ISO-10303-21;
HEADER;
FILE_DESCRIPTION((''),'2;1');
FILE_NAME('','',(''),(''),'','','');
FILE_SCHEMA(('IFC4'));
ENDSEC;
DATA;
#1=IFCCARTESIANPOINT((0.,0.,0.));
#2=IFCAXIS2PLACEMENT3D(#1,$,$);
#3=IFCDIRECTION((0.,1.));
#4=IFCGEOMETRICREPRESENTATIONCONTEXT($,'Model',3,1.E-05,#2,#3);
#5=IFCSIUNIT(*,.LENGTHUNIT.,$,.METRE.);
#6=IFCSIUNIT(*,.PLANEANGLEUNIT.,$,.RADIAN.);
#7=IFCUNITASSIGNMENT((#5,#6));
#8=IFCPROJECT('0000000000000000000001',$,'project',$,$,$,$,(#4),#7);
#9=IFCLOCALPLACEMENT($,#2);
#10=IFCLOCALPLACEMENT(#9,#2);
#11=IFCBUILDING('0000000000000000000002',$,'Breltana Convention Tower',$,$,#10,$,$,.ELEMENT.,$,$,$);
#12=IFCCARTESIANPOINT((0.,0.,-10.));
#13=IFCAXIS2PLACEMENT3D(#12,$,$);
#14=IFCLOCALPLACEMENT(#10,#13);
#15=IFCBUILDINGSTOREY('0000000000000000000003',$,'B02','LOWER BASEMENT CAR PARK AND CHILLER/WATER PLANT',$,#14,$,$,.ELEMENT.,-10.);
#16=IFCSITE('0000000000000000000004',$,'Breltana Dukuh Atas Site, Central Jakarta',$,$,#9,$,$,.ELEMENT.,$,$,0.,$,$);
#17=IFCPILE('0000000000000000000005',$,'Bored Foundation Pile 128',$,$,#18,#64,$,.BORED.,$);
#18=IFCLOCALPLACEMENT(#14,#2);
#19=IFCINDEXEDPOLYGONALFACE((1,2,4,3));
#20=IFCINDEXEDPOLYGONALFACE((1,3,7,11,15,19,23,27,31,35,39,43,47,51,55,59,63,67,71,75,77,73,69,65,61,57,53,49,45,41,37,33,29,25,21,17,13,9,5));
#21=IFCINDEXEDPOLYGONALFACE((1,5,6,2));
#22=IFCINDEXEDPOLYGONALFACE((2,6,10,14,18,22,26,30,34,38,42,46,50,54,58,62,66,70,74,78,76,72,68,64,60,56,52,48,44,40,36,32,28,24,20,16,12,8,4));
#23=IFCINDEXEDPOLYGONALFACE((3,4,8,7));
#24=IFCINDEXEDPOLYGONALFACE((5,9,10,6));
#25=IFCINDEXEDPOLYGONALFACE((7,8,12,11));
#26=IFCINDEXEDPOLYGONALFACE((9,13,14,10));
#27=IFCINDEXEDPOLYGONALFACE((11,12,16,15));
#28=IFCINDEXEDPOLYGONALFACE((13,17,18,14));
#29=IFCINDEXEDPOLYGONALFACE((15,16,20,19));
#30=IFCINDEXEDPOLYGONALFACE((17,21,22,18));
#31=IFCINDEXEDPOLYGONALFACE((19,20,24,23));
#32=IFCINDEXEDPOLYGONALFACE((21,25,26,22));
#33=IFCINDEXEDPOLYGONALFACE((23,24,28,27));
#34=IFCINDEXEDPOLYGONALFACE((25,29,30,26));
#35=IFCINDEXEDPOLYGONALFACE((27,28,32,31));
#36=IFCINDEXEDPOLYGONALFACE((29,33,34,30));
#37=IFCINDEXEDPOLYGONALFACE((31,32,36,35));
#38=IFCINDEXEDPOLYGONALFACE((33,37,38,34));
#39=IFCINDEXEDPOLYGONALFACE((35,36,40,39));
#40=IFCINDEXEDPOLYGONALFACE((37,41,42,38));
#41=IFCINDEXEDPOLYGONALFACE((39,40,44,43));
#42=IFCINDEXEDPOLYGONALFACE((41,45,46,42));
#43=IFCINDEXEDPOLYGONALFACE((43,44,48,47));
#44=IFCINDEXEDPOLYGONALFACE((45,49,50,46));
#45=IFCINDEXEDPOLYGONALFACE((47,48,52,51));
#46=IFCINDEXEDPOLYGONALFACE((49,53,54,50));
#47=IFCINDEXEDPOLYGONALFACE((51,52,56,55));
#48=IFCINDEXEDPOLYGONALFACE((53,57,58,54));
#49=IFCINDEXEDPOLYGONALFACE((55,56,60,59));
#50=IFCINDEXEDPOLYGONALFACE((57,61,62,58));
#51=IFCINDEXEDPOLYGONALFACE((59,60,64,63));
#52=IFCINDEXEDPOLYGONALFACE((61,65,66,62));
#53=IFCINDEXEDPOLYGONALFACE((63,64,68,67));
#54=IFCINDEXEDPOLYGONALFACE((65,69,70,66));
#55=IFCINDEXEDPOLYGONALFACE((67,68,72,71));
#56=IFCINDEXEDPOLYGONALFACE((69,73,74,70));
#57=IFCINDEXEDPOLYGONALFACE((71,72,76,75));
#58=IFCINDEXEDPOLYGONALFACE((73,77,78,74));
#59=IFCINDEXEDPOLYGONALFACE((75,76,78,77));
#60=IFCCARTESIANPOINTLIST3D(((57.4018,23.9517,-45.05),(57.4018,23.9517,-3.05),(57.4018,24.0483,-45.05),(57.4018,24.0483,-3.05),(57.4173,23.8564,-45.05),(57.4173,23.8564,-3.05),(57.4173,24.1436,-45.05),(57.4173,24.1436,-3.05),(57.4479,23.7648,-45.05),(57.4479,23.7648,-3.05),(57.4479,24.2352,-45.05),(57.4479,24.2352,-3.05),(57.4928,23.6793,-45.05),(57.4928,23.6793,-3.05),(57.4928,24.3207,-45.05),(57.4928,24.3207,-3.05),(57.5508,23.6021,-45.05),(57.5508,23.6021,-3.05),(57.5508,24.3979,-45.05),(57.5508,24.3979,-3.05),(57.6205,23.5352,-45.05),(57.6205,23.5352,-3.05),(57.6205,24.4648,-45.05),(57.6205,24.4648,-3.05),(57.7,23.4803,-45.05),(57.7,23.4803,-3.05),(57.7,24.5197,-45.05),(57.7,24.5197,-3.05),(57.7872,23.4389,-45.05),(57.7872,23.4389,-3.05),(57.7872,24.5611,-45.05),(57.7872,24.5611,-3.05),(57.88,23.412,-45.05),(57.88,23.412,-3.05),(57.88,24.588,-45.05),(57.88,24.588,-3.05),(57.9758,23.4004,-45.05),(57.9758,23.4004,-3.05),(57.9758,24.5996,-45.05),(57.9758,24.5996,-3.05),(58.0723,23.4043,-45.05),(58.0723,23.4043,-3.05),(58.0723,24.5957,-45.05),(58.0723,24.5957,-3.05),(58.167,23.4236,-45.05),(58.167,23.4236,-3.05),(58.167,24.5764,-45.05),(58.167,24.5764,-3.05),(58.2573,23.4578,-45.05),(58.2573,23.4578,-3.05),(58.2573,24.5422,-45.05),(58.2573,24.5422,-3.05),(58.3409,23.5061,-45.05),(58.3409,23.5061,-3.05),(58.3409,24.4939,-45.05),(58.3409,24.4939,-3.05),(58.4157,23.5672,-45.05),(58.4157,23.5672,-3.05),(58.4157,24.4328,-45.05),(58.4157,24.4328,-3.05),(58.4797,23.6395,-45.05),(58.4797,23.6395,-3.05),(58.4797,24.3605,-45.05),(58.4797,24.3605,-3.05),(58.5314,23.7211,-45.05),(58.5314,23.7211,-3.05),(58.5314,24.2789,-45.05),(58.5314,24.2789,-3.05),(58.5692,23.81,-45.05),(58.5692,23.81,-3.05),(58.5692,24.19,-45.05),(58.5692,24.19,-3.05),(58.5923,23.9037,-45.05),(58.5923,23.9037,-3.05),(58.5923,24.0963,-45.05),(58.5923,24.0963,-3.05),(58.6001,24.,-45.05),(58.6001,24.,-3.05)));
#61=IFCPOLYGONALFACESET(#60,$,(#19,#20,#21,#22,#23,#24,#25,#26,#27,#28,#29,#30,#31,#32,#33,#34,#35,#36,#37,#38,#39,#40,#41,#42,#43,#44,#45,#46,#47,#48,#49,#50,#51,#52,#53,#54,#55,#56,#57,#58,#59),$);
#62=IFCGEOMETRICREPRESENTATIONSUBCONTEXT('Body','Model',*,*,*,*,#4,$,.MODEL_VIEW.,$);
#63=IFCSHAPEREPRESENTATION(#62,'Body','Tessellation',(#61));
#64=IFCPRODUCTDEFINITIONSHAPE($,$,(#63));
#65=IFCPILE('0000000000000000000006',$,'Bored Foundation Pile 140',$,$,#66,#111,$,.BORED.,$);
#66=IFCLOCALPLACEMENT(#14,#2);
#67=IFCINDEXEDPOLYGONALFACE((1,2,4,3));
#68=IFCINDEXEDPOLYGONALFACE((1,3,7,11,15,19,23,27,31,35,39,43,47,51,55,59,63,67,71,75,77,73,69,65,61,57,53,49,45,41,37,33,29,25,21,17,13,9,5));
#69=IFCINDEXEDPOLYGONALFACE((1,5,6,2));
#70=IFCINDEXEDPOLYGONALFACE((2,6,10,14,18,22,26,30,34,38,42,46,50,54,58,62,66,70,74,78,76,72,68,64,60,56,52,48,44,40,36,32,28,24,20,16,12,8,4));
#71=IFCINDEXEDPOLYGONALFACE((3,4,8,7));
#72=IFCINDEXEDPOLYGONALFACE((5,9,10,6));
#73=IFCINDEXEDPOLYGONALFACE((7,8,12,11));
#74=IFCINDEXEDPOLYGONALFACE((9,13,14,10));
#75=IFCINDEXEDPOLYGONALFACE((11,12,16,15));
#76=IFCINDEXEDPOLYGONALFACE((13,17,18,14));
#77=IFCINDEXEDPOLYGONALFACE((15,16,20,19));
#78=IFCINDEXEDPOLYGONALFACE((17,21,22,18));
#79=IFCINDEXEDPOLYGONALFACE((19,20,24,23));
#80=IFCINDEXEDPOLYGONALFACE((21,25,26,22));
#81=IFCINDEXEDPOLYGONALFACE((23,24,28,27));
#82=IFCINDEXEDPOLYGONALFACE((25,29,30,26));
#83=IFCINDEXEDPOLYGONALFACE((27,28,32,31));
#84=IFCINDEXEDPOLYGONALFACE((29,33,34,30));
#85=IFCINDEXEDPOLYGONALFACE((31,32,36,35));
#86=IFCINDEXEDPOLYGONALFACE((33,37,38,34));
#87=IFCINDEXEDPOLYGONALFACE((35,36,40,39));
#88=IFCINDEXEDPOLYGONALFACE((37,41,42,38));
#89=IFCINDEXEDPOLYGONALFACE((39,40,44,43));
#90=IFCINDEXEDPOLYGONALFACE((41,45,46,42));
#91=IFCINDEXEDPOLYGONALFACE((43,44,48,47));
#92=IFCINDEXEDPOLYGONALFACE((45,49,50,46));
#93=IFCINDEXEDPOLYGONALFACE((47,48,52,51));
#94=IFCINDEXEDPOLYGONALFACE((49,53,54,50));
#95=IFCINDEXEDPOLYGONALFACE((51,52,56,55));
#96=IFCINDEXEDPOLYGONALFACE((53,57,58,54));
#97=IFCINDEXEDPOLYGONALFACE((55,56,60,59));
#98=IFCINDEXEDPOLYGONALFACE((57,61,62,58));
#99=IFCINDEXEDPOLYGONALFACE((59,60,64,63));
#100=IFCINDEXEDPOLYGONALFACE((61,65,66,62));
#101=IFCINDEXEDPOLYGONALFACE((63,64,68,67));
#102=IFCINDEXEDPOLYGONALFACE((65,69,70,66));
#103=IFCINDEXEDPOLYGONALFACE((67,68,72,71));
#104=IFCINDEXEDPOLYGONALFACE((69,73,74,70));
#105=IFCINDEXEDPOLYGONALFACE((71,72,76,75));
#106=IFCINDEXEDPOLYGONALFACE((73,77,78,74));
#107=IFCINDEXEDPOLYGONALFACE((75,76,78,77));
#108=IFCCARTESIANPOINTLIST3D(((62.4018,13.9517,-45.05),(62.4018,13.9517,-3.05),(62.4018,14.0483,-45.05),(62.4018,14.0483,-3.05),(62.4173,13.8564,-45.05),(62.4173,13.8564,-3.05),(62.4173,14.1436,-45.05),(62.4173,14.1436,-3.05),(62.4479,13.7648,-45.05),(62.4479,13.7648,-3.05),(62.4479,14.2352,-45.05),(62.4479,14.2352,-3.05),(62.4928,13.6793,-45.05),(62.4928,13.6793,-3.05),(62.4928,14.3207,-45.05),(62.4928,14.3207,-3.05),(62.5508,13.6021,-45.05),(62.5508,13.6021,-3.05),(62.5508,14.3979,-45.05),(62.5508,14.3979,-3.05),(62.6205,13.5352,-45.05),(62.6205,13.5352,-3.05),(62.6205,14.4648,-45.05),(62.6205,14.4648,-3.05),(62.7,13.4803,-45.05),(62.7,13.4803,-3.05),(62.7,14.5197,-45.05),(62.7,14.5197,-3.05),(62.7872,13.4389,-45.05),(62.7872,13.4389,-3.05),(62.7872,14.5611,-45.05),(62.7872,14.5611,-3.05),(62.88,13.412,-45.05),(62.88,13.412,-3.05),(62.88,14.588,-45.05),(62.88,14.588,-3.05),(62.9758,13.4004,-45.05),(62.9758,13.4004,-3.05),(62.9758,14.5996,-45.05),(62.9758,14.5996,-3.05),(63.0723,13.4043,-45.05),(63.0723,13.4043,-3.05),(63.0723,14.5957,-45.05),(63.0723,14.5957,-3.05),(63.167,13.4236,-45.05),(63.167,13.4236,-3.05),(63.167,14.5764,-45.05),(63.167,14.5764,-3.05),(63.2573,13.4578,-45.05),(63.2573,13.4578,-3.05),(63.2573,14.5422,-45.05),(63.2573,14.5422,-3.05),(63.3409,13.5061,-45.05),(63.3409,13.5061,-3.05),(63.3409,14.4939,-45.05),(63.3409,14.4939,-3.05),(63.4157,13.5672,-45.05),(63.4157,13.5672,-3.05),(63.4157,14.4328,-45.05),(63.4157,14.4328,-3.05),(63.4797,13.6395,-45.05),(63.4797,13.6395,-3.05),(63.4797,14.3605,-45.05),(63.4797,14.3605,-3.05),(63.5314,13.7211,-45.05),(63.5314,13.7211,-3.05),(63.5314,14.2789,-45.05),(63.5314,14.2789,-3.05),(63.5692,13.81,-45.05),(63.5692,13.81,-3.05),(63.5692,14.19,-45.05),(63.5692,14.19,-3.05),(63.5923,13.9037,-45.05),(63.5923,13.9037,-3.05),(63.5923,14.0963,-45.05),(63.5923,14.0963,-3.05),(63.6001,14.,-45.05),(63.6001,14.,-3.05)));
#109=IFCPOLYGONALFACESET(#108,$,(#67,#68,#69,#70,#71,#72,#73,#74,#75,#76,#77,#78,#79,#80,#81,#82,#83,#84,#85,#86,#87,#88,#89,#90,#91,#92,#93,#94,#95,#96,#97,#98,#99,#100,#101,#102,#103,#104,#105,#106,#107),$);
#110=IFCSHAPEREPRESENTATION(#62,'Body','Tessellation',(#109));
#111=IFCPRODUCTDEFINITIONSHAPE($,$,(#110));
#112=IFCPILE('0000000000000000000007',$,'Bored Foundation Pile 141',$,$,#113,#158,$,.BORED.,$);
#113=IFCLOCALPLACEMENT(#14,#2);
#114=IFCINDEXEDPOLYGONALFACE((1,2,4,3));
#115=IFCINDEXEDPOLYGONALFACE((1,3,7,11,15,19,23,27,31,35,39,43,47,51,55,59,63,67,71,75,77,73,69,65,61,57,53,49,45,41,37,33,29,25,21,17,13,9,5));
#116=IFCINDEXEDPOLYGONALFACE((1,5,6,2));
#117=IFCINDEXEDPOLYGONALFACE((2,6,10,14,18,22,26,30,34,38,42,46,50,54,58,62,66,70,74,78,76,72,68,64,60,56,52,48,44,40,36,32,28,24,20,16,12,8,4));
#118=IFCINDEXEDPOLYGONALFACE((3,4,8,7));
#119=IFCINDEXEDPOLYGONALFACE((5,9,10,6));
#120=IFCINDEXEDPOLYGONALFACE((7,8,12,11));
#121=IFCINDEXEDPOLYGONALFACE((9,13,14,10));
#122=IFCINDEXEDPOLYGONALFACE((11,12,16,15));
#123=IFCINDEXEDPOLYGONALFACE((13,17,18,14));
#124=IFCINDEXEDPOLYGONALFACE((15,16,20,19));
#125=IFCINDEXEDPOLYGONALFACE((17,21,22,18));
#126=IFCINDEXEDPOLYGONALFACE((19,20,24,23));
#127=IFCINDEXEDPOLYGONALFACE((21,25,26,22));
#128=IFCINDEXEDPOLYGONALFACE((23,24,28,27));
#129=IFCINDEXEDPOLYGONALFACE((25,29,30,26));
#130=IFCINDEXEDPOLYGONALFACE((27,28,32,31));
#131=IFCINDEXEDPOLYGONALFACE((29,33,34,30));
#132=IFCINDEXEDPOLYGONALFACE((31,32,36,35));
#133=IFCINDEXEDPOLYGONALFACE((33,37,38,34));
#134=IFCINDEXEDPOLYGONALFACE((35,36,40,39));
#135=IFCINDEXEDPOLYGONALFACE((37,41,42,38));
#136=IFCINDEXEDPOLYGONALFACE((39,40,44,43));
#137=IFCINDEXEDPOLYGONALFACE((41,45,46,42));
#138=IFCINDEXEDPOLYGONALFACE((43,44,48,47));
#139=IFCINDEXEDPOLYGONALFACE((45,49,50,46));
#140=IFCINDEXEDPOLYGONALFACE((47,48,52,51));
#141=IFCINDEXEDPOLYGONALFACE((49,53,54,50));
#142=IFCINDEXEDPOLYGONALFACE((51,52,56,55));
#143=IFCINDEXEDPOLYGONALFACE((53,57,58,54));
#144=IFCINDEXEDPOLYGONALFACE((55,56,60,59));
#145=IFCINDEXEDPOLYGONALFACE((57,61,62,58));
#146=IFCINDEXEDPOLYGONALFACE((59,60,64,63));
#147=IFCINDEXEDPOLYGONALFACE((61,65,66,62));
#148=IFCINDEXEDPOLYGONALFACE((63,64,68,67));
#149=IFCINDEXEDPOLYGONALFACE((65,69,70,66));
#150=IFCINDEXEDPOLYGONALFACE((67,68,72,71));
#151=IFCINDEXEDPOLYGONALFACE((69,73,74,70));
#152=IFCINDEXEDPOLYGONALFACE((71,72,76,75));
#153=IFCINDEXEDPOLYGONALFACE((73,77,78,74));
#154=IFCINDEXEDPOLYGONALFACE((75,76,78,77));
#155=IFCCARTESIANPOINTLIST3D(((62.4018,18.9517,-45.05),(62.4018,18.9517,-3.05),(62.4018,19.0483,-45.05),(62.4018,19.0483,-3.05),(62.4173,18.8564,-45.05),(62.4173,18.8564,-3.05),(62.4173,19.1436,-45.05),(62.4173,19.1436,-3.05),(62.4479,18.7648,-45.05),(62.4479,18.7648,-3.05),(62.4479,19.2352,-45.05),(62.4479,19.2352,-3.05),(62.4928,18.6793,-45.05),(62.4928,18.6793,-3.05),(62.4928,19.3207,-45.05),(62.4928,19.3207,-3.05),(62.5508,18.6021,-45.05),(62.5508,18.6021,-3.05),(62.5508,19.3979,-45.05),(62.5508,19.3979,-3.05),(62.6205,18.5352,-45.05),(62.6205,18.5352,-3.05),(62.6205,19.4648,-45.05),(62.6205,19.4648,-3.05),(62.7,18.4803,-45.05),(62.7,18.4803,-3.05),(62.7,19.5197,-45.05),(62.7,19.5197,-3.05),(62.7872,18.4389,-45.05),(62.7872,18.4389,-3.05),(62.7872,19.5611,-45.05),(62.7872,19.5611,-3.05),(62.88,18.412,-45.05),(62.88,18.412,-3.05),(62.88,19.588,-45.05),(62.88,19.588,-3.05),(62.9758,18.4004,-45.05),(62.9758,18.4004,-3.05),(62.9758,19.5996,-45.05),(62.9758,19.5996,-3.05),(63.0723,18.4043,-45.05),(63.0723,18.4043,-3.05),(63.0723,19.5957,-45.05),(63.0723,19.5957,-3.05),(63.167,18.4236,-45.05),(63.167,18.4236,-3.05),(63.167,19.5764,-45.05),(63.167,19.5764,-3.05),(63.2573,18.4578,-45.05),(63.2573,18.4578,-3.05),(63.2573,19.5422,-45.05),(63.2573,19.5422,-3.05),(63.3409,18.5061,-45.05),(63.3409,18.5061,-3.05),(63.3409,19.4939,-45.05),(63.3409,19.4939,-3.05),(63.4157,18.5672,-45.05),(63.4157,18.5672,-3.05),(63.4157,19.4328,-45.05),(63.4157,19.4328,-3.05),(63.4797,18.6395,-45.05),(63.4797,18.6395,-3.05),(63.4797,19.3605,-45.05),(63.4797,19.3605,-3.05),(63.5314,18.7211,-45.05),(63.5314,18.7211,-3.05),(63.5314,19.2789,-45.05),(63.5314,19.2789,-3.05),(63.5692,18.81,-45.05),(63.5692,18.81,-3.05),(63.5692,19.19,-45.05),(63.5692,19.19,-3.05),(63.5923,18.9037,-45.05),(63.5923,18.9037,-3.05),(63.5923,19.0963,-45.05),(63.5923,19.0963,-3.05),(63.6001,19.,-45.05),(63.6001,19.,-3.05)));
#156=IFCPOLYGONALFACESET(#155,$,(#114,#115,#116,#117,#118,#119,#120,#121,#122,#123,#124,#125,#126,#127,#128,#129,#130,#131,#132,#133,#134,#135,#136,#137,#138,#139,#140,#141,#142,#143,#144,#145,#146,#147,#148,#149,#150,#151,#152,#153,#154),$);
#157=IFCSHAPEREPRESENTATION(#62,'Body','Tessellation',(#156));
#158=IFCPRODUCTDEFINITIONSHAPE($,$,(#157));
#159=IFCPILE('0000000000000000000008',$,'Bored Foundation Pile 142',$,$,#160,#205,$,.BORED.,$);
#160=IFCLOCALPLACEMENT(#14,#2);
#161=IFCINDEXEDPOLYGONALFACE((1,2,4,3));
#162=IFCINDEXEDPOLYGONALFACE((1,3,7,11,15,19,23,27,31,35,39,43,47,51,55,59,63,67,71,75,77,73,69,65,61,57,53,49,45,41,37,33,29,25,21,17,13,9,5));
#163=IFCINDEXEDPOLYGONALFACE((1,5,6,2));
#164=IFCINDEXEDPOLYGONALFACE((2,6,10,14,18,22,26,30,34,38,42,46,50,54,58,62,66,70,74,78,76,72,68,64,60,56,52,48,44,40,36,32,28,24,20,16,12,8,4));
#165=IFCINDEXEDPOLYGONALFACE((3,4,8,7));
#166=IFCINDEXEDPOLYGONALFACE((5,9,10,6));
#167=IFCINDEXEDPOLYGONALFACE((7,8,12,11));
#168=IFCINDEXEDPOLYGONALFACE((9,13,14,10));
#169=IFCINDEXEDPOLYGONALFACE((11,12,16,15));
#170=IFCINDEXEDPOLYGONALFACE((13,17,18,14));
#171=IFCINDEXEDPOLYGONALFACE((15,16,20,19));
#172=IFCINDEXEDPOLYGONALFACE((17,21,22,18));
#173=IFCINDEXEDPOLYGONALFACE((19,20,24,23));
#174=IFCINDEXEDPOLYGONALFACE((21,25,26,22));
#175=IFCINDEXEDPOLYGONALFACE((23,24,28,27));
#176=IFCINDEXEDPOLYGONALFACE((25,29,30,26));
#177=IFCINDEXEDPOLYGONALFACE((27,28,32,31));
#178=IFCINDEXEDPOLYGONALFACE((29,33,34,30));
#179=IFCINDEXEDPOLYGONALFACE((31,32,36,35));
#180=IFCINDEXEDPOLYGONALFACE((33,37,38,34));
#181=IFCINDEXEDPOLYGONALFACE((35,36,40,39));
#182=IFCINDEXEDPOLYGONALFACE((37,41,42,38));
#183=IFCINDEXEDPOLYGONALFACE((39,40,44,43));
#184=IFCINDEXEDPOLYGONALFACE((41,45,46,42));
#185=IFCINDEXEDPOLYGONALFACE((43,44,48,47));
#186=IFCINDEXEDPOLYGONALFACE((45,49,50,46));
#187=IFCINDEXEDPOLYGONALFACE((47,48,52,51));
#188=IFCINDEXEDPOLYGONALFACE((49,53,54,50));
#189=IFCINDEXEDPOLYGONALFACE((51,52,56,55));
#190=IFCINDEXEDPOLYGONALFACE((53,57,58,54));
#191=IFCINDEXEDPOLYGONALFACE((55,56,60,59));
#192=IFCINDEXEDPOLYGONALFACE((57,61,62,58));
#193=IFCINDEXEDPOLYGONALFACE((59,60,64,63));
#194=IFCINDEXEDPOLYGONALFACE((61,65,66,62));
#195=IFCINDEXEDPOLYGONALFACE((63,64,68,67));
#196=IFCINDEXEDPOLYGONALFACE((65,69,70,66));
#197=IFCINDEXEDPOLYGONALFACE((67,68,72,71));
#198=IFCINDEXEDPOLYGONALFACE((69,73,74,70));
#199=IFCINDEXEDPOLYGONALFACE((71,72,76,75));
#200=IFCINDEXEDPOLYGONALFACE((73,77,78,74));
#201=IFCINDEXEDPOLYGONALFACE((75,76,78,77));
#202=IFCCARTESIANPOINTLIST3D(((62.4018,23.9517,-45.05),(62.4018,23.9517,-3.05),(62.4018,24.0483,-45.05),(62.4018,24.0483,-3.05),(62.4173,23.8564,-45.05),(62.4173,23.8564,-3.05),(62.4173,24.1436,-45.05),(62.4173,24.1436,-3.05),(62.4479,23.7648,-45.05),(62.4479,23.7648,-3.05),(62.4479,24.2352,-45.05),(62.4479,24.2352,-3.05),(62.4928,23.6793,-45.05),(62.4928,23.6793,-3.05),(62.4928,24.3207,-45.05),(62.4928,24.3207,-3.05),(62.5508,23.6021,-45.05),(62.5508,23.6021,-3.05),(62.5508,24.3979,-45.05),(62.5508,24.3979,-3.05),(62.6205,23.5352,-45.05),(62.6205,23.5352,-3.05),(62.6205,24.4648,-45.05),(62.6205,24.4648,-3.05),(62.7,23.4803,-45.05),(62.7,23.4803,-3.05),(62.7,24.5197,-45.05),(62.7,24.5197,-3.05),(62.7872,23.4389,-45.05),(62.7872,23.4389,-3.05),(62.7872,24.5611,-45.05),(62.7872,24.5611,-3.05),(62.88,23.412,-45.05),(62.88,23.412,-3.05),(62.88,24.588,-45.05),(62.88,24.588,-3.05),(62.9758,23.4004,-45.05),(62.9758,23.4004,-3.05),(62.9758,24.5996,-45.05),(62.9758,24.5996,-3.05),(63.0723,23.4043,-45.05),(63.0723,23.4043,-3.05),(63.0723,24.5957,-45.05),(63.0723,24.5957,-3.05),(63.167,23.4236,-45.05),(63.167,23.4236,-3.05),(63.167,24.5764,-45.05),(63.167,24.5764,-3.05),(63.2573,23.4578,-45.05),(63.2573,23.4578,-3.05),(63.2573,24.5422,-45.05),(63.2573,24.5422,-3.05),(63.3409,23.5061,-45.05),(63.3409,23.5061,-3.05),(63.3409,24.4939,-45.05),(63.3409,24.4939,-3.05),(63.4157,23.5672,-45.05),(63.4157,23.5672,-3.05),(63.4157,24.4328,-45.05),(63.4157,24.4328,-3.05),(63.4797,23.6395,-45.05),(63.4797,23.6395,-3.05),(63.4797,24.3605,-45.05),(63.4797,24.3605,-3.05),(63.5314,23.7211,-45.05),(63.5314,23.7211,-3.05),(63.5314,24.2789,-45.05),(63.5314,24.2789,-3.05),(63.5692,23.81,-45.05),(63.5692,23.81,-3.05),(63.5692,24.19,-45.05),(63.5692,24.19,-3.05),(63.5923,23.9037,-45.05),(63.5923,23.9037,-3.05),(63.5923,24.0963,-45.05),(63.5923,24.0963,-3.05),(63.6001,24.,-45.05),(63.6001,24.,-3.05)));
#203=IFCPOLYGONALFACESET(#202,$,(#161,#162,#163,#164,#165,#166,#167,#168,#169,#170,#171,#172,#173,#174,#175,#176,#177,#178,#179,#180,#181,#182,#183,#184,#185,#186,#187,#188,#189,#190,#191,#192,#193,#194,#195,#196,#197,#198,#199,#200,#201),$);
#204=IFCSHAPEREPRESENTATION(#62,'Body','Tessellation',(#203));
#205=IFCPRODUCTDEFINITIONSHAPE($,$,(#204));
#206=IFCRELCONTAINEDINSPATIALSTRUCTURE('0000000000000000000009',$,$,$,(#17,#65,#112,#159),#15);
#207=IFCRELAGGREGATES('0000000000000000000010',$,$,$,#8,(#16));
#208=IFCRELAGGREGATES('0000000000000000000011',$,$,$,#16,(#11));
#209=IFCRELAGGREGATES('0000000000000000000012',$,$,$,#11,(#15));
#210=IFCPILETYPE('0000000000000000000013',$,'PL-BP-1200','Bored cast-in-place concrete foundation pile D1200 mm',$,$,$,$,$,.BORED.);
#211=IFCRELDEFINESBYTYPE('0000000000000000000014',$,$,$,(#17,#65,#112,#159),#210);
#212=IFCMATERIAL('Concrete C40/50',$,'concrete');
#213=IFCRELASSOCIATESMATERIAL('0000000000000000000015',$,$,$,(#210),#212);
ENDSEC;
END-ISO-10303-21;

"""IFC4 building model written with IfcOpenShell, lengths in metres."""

from ifc_helpers import new_model, si_unit, direction, frame, origin, origin_2d, place, context, subcontext, project, spatial, circle, extrude, source, transform, mapped, material, material_profile, profile_set, type_object, type_shapes, element, save


model = new_model("IFC4")

# Units and contexts
model_context = context("Model", 3, precision=1e-05, world=origin(), true_north=direction((0.0, 1.0)))
body_context = subcontext(model_context, "Body", "Model", "MODEL_VIEW")
ifc_project = project(units=[si_unit("LENGTHUNIT", "METRE"), si_unit("PLANEANGLEUNIT", "RADIAN")], contexts=[model_context])

# Site, building, storey
site_placement = place(None, origin())
site = spatial("IfcSite", under=ifc_project, at=site_placement, Name="Breltana Dukuh Atas Site, Central Jakarta", CompositionType="ELEMENT", RefElevation=0.0)
building_placement = place(site_placement, origin())
building = spatial("IfcBuilding", under=site, at=building_placement, Name="Breltana Convention Tower", CompositionType="ELEMENT")
storey_placement = place(building_placement, frame((0.0, 0.0, -10.0)))
storey = spatial("IfcBuildingStorey", under=building, at=storey_placement, Name="B02", Description="LOWER BASEMENT CAR PARK AND CHILLER/WATER PLANT", CompositionType="ELEMENT", Elevation=-10.0)

# Piles
ifc_material_1 = material(Name="Concrete C40/50", Category="concrete")
ifc_material_profile_1 = material_profile(ifc_material_1, circle(Radius=0.6001, at=origin_2d()), Name="BP-D1200")
ifc_profile_set_1 = profile_set([ifc_material_profile_1], Name="Concrete C40/50")
pile_type = type_object("IfcPileType", Name="PL-BP-1200", Description="Bored cast-in-place concrete foundation pile D1200 mm", PredefinedType="BORED", material=ifc_profile_set_1)
shared_shape_1 = source(origin(), body_context, "Body", "SweptSolid", [
    extrude(circle(Radius=0.6001, at=origin_2d()), origin(), (0.0, 0.0, 1.0), 42.0),
])
type_shapes(pile_type, [shared_shape_1])
for number, where, z_axis, x_axis, name in (
    (1, (58.0, 24.0, -3.05), (0.0, 0.0, -1.0), (1.0, 0.0, 0.0), "Bored Foundation Pile 128"),
    (2, (63.0, 14.0, -3.05), (0.0, 0.0, -1.0), (1.0, 0.0, 0.0), "Bored Foundation Pile 140"),
    (3, (63.0, 19.0, -3.05), (0.0, 0.0, -1.0), (1.0, 0.0, 0.0), "Bored Foundation Pile 141"),
    (4, (63.0, 24.0, -3.05), (0.0, 0.0, -1.0), (1.0, 0.0, 0.0), "Bored Foundation Pile 142"),
):
    element("IfcPile", number, at=place(storey_placement, frame(where, z_axis=z_axis, x_axis=x_axis)), inside=storey, type_object=pile_type, Name=name, PredefinedType="BORED", context=body_context, shape_type="MappedRepresentation", body=[
        mapped(shared_shape_1, transform((0.0, 0.0, 0.0), scale=1.0)),
    ])

save(model, "model.ifc")
